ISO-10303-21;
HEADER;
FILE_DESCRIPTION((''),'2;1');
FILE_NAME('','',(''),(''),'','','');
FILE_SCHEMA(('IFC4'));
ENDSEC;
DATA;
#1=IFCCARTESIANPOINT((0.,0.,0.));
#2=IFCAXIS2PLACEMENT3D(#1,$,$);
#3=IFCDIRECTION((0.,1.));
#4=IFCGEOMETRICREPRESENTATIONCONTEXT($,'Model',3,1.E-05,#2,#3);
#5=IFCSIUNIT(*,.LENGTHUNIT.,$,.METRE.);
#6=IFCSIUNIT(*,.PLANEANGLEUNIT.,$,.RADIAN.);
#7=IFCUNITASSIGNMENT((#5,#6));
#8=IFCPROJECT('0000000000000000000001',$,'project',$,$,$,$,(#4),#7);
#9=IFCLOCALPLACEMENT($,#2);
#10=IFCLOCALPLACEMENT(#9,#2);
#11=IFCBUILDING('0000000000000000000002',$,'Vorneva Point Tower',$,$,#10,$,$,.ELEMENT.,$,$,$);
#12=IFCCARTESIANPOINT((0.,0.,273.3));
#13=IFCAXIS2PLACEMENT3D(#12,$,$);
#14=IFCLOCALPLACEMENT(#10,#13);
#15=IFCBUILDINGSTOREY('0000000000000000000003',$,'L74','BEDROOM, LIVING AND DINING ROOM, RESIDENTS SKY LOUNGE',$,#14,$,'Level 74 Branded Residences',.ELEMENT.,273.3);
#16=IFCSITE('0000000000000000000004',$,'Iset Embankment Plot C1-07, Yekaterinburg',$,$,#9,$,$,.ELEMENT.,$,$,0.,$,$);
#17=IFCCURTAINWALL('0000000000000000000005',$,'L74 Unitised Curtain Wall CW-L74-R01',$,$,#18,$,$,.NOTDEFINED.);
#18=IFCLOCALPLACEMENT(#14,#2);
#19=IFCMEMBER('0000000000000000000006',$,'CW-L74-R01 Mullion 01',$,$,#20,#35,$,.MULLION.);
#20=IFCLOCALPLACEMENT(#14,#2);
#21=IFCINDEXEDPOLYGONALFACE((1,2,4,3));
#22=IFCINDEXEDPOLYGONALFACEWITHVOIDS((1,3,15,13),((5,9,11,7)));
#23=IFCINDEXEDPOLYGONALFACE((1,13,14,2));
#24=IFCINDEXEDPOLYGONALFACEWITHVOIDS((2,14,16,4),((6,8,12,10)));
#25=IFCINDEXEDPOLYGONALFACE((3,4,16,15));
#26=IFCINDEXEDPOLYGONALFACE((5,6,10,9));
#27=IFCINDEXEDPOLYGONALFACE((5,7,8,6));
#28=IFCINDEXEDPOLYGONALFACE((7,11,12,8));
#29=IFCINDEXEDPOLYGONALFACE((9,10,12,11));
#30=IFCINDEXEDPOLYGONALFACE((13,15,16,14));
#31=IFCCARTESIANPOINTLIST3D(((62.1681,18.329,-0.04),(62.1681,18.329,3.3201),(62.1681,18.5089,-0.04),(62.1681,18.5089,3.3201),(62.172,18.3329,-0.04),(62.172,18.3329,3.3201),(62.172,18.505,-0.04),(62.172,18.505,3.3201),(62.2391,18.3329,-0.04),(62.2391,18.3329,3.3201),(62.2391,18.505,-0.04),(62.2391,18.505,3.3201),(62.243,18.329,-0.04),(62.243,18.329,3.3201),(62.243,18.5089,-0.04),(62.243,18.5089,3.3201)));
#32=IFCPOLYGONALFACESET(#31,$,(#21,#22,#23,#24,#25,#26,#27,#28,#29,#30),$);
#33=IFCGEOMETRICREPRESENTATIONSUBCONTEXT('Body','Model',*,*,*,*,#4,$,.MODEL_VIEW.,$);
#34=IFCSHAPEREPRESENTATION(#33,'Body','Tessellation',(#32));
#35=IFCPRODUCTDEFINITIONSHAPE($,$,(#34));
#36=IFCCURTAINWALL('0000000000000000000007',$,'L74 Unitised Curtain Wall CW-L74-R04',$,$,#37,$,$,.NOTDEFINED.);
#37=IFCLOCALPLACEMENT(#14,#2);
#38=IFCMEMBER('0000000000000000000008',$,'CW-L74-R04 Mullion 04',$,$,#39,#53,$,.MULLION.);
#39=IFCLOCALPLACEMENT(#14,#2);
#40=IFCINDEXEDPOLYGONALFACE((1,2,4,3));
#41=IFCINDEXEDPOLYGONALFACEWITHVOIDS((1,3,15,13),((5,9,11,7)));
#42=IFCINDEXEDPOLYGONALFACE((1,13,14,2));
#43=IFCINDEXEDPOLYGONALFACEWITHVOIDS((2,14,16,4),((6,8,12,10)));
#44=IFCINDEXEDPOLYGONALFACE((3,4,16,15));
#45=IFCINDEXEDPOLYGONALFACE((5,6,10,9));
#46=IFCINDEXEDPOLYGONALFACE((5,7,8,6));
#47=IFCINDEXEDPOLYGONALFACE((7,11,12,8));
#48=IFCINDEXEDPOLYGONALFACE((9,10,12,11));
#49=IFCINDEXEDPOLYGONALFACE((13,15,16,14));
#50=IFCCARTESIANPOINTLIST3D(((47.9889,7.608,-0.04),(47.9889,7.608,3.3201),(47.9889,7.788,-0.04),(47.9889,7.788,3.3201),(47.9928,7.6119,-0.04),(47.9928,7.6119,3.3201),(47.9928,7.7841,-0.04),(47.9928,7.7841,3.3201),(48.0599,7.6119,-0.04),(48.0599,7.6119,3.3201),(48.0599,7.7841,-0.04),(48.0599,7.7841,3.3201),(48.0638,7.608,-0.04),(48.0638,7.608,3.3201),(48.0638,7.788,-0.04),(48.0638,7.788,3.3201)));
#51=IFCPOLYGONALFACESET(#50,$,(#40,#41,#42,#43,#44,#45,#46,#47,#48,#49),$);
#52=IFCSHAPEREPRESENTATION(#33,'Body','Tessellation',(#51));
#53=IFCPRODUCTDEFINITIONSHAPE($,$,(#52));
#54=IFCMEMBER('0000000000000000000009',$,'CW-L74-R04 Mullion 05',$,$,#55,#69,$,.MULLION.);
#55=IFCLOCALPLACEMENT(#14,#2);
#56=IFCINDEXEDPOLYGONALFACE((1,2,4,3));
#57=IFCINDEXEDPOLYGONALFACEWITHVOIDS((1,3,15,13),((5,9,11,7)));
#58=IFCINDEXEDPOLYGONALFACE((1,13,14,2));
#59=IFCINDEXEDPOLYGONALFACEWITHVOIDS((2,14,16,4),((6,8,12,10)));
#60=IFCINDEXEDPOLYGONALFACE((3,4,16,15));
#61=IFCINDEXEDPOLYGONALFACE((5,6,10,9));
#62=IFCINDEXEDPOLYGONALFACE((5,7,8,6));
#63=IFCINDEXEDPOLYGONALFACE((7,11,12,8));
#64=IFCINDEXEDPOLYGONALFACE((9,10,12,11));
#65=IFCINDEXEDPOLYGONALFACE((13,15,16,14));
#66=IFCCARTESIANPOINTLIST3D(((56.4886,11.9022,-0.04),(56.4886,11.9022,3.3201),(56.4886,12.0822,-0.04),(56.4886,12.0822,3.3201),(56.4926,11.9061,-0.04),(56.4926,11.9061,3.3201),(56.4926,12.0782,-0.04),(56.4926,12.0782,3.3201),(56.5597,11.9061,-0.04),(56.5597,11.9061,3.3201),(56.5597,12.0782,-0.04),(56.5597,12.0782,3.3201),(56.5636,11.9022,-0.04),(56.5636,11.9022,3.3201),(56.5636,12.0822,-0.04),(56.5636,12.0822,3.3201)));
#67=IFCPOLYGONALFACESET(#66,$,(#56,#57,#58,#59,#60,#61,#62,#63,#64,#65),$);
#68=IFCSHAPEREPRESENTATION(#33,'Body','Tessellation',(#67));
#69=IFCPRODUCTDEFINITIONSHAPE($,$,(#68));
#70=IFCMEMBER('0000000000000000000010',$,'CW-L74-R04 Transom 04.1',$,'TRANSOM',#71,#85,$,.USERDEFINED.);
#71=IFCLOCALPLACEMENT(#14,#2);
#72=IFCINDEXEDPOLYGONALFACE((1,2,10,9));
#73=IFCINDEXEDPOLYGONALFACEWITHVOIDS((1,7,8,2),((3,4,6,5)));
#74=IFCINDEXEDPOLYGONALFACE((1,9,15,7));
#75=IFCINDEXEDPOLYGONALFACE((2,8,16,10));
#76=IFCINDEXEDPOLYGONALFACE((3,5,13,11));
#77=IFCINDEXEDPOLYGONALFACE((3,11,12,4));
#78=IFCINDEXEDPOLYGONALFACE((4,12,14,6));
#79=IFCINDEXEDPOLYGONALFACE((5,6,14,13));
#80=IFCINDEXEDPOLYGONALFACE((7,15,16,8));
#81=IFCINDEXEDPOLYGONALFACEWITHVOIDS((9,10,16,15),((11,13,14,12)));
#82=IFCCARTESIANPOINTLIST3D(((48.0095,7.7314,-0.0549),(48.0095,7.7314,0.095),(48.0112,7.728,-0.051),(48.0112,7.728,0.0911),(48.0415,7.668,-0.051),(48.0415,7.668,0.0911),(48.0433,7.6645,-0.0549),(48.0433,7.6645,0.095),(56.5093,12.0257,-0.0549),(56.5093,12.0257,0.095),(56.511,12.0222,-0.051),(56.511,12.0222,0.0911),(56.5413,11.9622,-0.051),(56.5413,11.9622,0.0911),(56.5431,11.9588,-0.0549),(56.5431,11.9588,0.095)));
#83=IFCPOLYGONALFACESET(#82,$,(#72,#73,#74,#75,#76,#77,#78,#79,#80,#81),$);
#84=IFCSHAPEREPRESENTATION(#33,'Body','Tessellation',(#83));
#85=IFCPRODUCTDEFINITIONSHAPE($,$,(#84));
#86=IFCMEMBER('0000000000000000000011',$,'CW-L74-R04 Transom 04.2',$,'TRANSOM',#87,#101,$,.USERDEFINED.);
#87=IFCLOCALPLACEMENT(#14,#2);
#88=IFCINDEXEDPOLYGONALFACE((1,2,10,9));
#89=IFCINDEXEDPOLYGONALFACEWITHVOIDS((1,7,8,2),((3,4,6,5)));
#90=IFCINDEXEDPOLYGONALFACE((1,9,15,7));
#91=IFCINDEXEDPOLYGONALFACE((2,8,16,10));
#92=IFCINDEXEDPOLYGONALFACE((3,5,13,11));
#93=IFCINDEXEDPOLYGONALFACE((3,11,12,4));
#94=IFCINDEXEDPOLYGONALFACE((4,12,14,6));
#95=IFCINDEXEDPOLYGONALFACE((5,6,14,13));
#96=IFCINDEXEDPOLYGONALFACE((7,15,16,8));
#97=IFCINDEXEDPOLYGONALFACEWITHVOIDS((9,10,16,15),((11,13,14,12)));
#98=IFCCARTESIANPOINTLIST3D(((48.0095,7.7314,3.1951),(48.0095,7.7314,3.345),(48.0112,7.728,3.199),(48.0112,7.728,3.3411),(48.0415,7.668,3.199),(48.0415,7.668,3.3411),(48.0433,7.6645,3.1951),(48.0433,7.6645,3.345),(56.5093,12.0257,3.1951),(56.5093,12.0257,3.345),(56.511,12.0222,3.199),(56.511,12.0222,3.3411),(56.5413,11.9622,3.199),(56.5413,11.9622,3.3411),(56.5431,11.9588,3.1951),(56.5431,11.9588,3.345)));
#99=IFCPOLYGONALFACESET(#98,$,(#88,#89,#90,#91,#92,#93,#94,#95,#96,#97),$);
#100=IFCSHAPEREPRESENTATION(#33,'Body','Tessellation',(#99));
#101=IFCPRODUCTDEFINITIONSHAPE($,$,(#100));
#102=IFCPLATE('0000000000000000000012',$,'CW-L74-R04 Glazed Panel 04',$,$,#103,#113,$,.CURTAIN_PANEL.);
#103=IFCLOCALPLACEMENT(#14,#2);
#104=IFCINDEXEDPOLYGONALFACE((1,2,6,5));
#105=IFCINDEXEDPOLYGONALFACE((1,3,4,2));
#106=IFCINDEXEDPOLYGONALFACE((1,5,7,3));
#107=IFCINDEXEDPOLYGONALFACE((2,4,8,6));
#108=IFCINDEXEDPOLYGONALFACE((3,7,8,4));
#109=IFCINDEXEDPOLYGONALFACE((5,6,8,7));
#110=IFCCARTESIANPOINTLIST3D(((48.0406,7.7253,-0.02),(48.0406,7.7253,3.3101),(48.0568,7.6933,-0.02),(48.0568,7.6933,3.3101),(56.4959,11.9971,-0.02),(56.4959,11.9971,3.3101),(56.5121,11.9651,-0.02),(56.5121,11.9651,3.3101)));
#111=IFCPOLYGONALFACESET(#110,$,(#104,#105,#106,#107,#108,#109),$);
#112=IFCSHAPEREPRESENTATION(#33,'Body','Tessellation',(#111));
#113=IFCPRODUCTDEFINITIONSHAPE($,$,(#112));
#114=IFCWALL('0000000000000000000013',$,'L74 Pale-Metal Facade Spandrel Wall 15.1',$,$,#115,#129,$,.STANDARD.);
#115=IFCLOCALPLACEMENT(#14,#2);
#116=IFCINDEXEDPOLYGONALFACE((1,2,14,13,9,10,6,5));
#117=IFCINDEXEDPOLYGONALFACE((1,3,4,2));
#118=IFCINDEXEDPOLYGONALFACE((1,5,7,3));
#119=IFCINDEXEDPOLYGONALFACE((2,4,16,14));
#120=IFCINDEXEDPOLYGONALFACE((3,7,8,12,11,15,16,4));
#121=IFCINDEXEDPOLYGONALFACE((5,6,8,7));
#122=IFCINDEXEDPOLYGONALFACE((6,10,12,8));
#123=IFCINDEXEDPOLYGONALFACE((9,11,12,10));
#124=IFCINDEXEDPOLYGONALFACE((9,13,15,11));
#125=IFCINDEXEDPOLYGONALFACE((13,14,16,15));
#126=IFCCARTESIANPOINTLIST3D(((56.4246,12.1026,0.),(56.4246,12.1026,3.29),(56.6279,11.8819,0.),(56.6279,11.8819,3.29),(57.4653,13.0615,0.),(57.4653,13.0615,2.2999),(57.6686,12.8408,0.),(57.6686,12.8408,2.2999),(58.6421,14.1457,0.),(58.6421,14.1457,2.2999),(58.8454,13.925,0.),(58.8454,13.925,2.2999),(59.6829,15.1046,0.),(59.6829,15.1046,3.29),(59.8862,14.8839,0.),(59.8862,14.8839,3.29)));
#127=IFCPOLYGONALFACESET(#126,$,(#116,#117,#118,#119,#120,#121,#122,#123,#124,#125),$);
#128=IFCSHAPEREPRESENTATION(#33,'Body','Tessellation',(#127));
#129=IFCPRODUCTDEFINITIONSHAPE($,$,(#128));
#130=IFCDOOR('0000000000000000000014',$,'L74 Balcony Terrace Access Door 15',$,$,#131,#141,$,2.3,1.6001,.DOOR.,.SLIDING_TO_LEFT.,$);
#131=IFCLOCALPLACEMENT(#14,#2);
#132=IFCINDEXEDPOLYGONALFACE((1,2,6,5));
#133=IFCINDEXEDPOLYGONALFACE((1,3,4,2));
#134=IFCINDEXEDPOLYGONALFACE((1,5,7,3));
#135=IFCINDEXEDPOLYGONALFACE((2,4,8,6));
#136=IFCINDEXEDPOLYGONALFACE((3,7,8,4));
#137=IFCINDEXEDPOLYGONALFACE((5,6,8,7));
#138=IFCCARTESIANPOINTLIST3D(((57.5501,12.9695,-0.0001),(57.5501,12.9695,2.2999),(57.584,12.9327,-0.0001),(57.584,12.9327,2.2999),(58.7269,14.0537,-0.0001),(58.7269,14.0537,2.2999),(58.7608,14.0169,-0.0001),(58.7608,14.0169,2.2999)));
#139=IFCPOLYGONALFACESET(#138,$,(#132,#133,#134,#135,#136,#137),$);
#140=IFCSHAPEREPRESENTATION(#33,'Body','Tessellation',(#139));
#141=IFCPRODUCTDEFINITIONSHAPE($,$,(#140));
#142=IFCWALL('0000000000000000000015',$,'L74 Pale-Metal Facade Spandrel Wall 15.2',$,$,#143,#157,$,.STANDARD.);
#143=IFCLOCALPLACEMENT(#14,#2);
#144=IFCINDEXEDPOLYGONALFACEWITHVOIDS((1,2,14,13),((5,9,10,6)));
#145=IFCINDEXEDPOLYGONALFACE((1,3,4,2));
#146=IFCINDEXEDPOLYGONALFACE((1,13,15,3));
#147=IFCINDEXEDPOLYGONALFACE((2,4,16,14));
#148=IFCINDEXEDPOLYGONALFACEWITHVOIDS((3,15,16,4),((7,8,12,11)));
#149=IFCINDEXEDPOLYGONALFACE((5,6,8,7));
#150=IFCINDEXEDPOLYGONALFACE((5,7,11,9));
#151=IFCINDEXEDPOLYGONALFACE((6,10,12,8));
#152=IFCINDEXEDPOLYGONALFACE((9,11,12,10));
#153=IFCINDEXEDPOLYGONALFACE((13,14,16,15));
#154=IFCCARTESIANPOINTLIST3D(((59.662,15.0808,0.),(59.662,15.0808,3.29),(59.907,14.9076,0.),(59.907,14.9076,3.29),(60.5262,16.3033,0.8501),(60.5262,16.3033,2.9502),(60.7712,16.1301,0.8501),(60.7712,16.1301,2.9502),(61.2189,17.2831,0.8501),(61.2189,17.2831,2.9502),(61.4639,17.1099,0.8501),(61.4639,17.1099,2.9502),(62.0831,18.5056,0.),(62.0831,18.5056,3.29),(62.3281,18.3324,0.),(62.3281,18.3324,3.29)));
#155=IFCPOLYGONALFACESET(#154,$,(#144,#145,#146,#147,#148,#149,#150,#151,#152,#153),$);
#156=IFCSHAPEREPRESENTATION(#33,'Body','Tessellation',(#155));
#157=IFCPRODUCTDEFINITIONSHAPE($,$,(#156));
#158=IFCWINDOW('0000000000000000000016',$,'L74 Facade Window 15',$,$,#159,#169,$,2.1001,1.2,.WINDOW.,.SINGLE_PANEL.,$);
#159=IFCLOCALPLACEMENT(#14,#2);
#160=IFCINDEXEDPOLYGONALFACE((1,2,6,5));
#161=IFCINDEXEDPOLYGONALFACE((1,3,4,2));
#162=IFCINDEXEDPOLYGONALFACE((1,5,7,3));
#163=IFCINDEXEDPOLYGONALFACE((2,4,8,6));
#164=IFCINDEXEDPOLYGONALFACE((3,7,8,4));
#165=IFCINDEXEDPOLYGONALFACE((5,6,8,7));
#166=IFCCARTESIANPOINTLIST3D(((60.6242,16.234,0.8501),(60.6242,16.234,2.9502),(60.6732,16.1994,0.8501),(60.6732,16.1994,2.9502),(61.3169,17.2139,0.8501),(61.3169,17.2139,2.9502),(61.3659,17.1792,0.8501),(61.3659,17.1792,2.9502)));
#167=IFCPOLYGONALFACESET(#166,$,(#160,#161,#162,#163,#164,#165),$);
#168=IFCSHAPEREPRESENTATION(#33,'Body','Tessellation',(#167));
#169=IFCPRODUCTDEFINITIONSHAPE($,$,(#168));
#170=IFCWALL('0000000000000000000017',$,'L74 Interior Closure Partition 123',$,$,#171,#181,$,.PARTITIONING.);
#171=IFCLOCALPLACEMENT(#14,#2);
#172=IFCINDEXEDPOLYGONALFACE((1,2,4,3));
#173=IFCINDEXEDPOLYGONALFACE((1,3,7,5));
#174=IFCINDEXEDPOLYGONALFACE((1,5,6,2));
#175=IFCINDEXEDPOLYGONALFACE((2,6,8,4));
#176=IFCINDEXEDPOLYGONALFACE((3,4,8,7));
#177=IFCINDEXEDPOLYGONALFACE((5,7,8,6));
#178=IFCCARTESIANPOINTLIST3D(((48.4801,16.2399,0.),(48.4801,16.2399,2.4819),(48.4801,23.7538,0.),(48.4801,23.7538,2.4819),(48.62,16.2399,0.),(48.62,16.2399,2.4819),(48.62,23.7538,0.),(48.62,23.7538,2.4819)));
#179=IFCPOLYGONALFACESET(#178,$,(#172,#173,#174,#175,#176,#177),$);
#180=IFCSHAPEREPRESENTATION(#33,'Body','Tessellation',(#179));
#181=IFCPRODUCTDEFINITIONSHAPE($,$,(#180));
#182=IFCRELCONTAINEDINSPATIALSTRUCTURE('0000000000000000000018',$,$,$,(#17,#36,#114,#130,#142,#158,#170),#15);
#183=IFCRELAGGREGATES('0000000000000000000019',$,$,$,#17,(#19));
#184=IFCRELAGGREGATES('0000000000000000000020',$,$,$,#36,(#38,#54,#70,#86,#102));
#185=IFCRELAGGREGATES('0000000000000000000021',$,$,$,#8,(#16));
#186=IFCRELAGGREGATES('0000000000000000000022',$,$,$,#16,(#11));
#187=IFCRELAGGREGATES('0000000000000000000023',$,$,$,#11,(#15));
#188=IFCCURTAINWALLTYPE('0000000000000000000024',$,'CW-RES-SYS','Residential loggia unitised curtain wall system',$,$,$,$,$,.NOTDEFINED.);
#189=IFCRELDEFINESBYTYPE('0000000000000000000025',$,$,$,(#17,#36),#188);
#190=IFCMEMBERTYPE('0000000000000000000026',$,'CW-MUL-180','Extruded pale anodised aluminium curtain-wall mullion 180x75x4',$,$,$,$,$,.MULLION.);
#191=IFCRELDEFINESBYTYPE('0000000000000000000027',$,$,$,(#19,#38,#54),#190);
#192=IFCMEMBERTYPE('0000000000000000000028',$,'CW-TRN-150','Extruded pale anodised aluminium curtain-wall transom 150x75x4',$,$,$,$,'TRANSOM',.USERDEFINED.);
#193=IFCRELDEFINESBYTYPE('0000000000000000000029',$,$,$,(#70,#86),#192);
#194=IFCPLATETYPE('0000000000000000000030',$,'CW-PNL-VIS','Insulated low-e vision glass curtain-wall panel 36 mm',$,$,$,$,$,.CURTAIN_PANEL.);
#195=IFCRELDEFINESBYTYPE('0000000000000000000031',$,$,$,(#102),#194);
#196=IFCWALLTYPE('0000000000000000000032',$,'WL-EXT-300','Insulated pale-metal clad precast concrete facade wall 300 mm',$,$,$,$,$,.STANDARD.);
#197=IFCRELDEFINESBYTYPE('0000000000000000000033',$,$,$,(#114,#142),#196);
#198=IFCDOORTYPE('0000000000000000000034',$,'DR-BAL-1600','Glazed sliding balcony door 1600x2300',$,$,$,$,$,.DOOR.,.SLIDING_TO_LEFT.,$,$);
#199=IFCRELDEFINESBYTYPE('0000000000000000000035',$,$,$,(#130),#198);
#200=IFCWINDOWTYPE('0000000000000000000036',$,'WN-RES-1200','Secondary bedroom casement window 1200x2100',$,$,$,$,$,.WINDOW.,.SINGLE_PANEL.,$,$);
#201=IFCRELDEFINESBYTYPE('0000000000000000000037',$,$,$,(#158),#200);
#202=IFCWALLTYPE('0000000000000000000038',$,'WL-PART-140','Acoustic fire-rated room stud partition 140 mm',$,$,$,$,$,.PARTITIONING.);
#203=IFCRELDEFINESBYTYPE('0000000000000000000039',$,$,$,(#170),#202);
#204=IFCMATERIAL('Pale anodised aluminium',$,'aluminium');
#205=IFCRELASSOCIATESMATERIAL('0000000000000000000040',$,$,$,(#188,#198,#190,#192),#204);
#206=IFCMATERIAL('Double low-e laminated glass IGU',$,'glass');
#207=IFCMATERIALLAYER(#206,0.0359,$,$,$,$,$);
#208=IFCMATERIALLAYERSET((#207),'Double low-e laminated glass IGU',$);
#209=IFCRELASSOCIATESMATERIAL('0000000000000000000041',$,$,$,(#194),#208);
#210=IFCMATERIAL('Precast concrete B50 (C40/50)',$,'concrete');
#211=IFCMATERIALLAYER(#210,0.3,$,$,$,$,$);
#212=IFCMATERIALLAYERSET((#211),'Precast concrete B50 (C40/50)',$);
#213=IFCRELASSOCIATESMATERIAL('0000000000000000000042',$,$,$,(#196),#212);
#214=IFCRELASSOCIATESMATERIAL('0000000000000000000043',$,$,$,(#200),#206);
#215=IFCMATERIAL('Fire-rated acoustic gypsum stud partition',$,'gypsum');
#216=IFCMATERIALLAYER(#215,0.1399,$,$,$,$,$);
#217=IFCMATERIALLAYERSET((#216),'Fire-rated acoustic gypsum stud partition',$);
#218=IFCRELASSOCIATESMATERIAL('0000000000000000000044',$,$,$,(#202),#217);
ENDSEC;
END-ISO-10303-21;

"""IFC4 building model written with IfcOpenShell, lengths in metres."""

from ifc_helpers import new_model, si_unit, direction, frame, frame_2d, origin, origin_2d, place, context, subcontext, project, spatial, rectangle, hollow_rectangle, extrude, material, layer, layer_set, material_profile, profile_set, type_object, element, fill, aggregate, save


model = new_model("IFC4")

# Units and contexts
model_context = context("Model", 3, precision=1e-05, world=origin(), true_north=direction((0.0, 1.0)))
body_context = subcontext(model_context, "Body", "Model", "MODEL_VIEW")
ifc_project = project(units=[si_unit("LENGTHUNIT", "METRE"), si_unit("PLANEANGLEUNIT", "RADIAN")], contexts=[model_context])

# Site, building, storey
site_placement = place(None, origin())
site = spatial("IfcSite", under=ifc_project, at=site_placement, Name="Iset Embankment Plot C1-07, Yekaterinburg", CompositionType="ELEMENT", RefElevation=0.0)
building_placement = place(site_placement, origin())
building = spatial("IfcBuilding", under=site, at=building_placement, Name="Vorneva Point Tower", CompositionType="ELEMENT")
storey_placement = place(building_placement, frame((0.0, 0.0, 273.3)))
storey = spatial("IfcBuildingStorey", under=building, at=storey_placement, Name="L74", Description="BEDROOM, LIVING AND DINING ROOM, RESIDENTS SKY LOUNGE", LongName="Level 74 Branded Residences", CompositionType="ELEMENT", Elevation=273.3)

# Curtain wall, member
ifc_material_1 = material(Name="Pale anodised aluminium", Category="aluminium")
curtain_wall_type = type_object("IfcCurtainWallType", Name="CW-RES-SYS", Description="Residential loggia unitised curtain wall system", PredefinedType="NOTDEFINED", material=ifc_material_1)
curtain_wall_1_placement = place(storey_placement, origin())
curtain_wall_1 = element("IfcCurtainWall", 1, at=curtain_wall_1_placement, inside=storey, type_object=curtain_wall_type, Name="L74 Unitised Curtain Wall CW-L74-R01", PredefinedType="NOTDEFINED")
ifc_material_profile_1 = material_profile(ifc_material_1, hollow_rectangle(XDim=0.075, YDim=0.1799, WallThickness=0.0039, at=origin_2d()), Name="AL-MUL 180x75x4")
ifc_profile_set_1 = profile_set([ifc_material_profile_1], Name="Pale anodised aluminium")
member_type_1 = type_object("IfcMemberType", Name="CW-MUL-180", Description="Extruded pale anodised aluminium curtain-wall mullion 180x75x4", PredefinedType="MULLION", material=ifc_profile_set_1)
member_1_placement = place(storey_placement, frame((62.2056, 18.4189, -0.04), z_axis=(0.0, 0.0, 1.0), x_axis=(1.0, 0.0, 0.0)))
member_1 = element("IfcMember", 2, at=member_1_placement, type_object=member_type_1, Name="CW-L74-R01 Mullion 01", PredefinedType="MULLION", context=body_context, shape_type="SweptSolid", body=[
    extrude(hollow_rectangle(XDim=0.075, YDim=0.1799, WallThickness=0.0039, at=origin_2d()), origin(), (0.0, 0.0, 1.0), 3.3601),
])
aggregate(curtain_wall_1, [member_1])

# Curtain wall, members, plate
curtain_wall_2_placement = place(storey_placement, origin())
curtain_wall_2 = element("IfcCurtainWall", 3, at=curtain_wall_2_placement, inside=storey, type_object=curtain_wall_type, Name="L74 Unitised Curtain Wall CW-L74-R04", PredefinedType="NOTDEFINED")
member_2_placement = place(storey_placement, frame((48.0264, 7.698, -0.04), z_axis=(0.0, 0.0, 1.0), x_axis=(1.0, 0.0, 0.0)))
member_2 = element("IfcMember", 4, at=member_2_placement, type_object=member_type_1, Name="CW-L74-R04 Mullion 04", PredefinedType="MULLION", context=body_context, shape_type="SweptSolid", body=[
    extrude(hollow_rectangle(XDim=0.075, YDim=0.1799, WallThickness=0.0039, at=origin_2d()), origin(), (0.0, 0.0, 1.0), 3.3601),
])
member_3_placement = place(storey_placement, frame((56.5261, 11.9922, -0.04), z_axis=(0.0, 0.0, 1.0), x_axis=(1.0, 0.0, 0.0)))
member_3 = element("IfcMember", 5, at=member_3_placement, type_object=member_type_1, Name="CW-L74-R04 Mullion 05", PredefinedType="MULLION", context=body_context, shape_type="SweptSolid", body=[
    extrude(hollow_rectangle(XDim=0.075, YDim=0.1799, WallThickness=0.0039, at=origin_2d()), origin(), (0.0, 0.0, 1.0), 3.3601),
])
ifc_material_profile_2 = material_profile(ifc_material_1, hollow_rectangle(XDim=0.075, YDim=0.1499, WallThickness=0.0039, at=origin_2d()), Name="AL-TRN 150x75x4")
ifc_profile_set_2 = profile_set([ifc_material_profile_2], Name="Pale anodised aluminium")
member_type_2 = type_object("IfcMemberType", Name="CW-TRN-150", Description="Extruded pale anodised aluminium curtain-wall transom 150x75x4", ElementType="TRANSOM", PredefinedType="USERDEFINED", material=ifc_profile_set_2)
member_4_placement = place(storey_placement, frame((48.0264, 7.698, 0.02), z_axis=(0.892558, 0.450932, 0.0), x_axis=(-0.450932, 0.892558, 0.0)))
member_4 = element("IfcMember", 6, at=member_4_placement, type_object=member_type_2, Name="CW-L74-R04 Transom 04.1", ObjectType="TRANSOM", PredefinedType="USERDEFINED", context=body_context, shape_type="SweptSolid", body=[
    extrude(hollow_rectangle(XDim=0.075, YDim=0.1499, WallThickness=0.0039, at=origin_2d()), origin(), (0.0, 0.0, 1.0), 9.5229),
])
member_5_placement = place(storey_placement, frame((48.0264, 7.698, 3.27), z_axis=(0.892558, 0.450932, 0.0), x_axis=(-0.450932, 0.892558, 0.0)))
member_5 = element("IfcMember", 7, at=member_5_placement, type_object=member_type_2, Name="CW-L74-R04 Transom 04.2", ObjectType="TRANSOM", PredefinedType="USERDEFINED", context=body_context, shape_type="SweptSolid", body=[
    extrude(hollow_rectangle(XDim=0.075, YDim=0.1499, WallThickness=0.0039, at=origin_2d()), origin(), (0.0, 0.0, 1.0), 9.5229),
])
ifc_material_2 = material(Name="Double low-e laminated glass IGU", Category="glass")
ifc_layer_1 = layer(ifc_material_2, 0.0359)
ifc_layer_set_1 = layer_set([ifc_layer_1], Name="Double low-e laminated glass IGU")
plate_type = type_object("IfcPlateType", Name="CW-PNL-VIS", Description="Insulated low-e vision glass curtain-wall panel 36 mm", PredefinedType="CURTAIN_PANEL", material=ifc_layer_set_1)
plate_placement = place(storey_placement, frame((52.2764, 9.8452, -0.02), z_axis=(0.0, 0.0, 1.0), x_axis=(0.892554, 0.45094, 0.0)))
plate = element("IfcPlate", 8, at=plate_placement, type_object=plate_type, Name="CW-L74-R04 Glazed Panel 04", PredefinedType="CURTAIN_PANEL", context=body_context, shape_type="SweptSolid", body=[
    extrude(rectangle(XDim=9.4731, YDim=0.0359, at=origin_2d()), origin(), (0.0, 0.0, 1.0), 3.3301),
])
aggregate(curtain_wall_2, [member_2, member_3, member_4, member_5, plate])

# Wall, opening, door
ifc_material_3 = material(Name="Precast concrete B50 (C40/50)", Category="concrete")
ifc_layer_2 = layer(ifc_material_3, 0.3)
ifc_layer_set_2 = layer_set([ifc_layer_2], Name="Precast concrete B50 (C40/50)")
wall_type_1 = type_object("IfcWallType", Name="WL-EXT-300", Description="Insulated pale-metal clad precast concrete facade wall 300 mm", PredefinedType="STANDARD", material=ifc_layer_set_2)
wall_1_placement = place(storey_placement, frame((56.5261, 11.9922, 0.0), z_axis=(0.0, 0.0, 1.0), x_axis=(0.735445, 0.677584, 0.0)))
wall_1 = element("IfcWall", 9, at=wall_1_placement, inside=storey, type_object=wall_type_1, Name="L74 Pale-Metal Facade Spandrel Wall 15.1", PredefinedType="STANDARD", context=body_context, shape_type="SweptSolid", body=[
    extrude(rectangle(XDim=4.4304, YDim=0.3, at=frame_2d((2.2153, 0.0))), origin(), (0.0, 0.0, 1.0), 3.29),
])
opening_1_placement = place(wall_1_placement, frame((1.4153, 0.0, 0.0)))
opening_1 = element("IfcOpeningElement", 10, at=opening_1_placement, cuts=wall_1, PredefinedType="OPENING", context=body_context, shape_type="SweptSolid", body=[
    extrude(rectangle(XDim=1.6001, YDim=2.3, at=frame_2d((0.8, 1.1499))), frame((0.0, 0.165, 0.0), z_axis=(0.0, -1.0, 0.0), x_axis=(1.0, 0.0, 0.0)), (0.0, 0.0, 1.0), 0.3298),
])
door_type_1 = type_object("IfcDoorType", Name="DR-BAL-1600", Description="Glazed sliding balcony door 1600x2300", OperationType="SLIDING_TO_LEFT", PredefinedType="DOOR", material=ifc_material_1)
door_1_placement = place(opening_1_placement, origin())
door_1 = element("IfcDoor", 11, at=door_1_placement, inside=storey, type_object=door_type_1, Name="L74 Balcony Terrace Access Door 15", OperationType="SLIDING_TO_LEFT", OverallHeight=2.3, OverallWidth=1.6001, PredefinedType="DOOR", context=body_context, shape_type="SweptSolid", body=[
    extrude(rectangle(XDim=1.6001, YDim=2.3, at=frame_2d((0.8, 1.1499))), frame((0.0, 0.0249, 0.0), z_axis=(0.0, -1.0, 0.0), x_axis=(1.0, 0.0, 0.0)), (0.0, 0.0, 1.0), 0.05),
])
fill(opening_1, door_1)

# Wall, opening, window
wall_2_placement = place(storey_placement, frame((59.7844, 14.9941, 0.0), z_axis=(0.0, 0.0, 1.0), x_axis=(0.577261, 0.81656, 0.0)))
wall_2 = element("IfcWall", 12, at=wall_2_placement, inside=storey, type_object=wall_type_1, Name="L74 Pale-Metal Facade Spandrel Wall 15.2", PredefinedType="STANDARD", context=body_context, shape_type="SweptSolid", body=[
    extrude(rectangle(XDim=4.1941, YDim=0.3, at=frame_2d((2.0972, 0.0))), origin(), (0.0, 0.0, 1.0), 3.29),
])
opening_2_placement = place(wall_2_placement, frame((1.4971, 0.0, 0.8501)))
opening_2 = element("IfcOpeningElement", 13, at=opening_2_placement, cuts=wall_2, PredefinedType="OPENING", context=body_context, shape_type="SweptSolid", body=[
    extrude(rectangle(XDim=1.2, YDim=2.1001, at=frame_2d((0.6001, 1.05))), frame((0.0, 0.165, 0.0), z_axis=(0.0, -1.0, 0.0), x_axis=(1.0, 0.0, 0.0)), (0.0, 0.0, 1.0), 0.3298),
])
window_type = type_object("IfcWindowType", Name="WN-RES-1200", Description="Secondary bedroom casement window 1200x2100", PartitioningType="SINGLE_PANEL", PredefinedType="WINDOW", material=ifc_material_2)
window_placement = place(opening_2_placement, origin())
window = element("IfcWindow", 14, at=window_placement, inside=storey, type_object=window_type, Name="L74 Facade Window 15", OverallHeight=2.1001, OverallWidth=1.2, PartitioningType="SINGLE_PANEL", PredefinedType="WINDOW", context=body_context, shape_type="SweptSolid", body=[
    extrude(rectangle(XDim=1.2, YDim=2.1001, at=frame_2d((0.6001, 1.05))), frame((0.0, 0.03, 0.0), z_axis=(0.0, -1.0, 0.0), x_axis=(1.0, 0.0, 0.0)), (0.0, 0.0, 1.0), 0.0601),
])
fill(opening_2, window)

# Wall
ifc_material_4 = material(Name="Fire-rated acoustic gypsum stud partition", Category="gypsum")
ifc_layer_3 = layer(ifc_material_4, 0.1399)
ifc_layer_set_3 = layer_set([ifc_layer_3], Name="Fire-rated acoustic gypsum stud partition")
wall_type_2 = type_object("IfcWallType", Name="WL-PART-140", Description="Acoustic fire-rated room stud partition 140 mm", PredefinedType="PARTITIONING", material=ifc_layer_set_3)
wall_3_placement = place(storey_placement, frame((48.55, 16.24, 0.0), z_axis=(0.0, 0.0, 1.0), x_axis=(0.0, 1.0, 0.0)))
element("IfcWall", 15, at=wall_3_placement, inside=storey, type_object=wall_type_2, Name="L74 Interior Closure Partition 123", PredefinedType="PARTITIONING", context=body_context, shape_type="SweptSolid", body=[
    extrude(rectangle(XDim=7.5139, YDim=0.1399, at=frame_2d((3.7568, 0.0))), origin(), (0.0, 0.0, 1.0), 2.4819),
])

save(model, "model.ifc")
